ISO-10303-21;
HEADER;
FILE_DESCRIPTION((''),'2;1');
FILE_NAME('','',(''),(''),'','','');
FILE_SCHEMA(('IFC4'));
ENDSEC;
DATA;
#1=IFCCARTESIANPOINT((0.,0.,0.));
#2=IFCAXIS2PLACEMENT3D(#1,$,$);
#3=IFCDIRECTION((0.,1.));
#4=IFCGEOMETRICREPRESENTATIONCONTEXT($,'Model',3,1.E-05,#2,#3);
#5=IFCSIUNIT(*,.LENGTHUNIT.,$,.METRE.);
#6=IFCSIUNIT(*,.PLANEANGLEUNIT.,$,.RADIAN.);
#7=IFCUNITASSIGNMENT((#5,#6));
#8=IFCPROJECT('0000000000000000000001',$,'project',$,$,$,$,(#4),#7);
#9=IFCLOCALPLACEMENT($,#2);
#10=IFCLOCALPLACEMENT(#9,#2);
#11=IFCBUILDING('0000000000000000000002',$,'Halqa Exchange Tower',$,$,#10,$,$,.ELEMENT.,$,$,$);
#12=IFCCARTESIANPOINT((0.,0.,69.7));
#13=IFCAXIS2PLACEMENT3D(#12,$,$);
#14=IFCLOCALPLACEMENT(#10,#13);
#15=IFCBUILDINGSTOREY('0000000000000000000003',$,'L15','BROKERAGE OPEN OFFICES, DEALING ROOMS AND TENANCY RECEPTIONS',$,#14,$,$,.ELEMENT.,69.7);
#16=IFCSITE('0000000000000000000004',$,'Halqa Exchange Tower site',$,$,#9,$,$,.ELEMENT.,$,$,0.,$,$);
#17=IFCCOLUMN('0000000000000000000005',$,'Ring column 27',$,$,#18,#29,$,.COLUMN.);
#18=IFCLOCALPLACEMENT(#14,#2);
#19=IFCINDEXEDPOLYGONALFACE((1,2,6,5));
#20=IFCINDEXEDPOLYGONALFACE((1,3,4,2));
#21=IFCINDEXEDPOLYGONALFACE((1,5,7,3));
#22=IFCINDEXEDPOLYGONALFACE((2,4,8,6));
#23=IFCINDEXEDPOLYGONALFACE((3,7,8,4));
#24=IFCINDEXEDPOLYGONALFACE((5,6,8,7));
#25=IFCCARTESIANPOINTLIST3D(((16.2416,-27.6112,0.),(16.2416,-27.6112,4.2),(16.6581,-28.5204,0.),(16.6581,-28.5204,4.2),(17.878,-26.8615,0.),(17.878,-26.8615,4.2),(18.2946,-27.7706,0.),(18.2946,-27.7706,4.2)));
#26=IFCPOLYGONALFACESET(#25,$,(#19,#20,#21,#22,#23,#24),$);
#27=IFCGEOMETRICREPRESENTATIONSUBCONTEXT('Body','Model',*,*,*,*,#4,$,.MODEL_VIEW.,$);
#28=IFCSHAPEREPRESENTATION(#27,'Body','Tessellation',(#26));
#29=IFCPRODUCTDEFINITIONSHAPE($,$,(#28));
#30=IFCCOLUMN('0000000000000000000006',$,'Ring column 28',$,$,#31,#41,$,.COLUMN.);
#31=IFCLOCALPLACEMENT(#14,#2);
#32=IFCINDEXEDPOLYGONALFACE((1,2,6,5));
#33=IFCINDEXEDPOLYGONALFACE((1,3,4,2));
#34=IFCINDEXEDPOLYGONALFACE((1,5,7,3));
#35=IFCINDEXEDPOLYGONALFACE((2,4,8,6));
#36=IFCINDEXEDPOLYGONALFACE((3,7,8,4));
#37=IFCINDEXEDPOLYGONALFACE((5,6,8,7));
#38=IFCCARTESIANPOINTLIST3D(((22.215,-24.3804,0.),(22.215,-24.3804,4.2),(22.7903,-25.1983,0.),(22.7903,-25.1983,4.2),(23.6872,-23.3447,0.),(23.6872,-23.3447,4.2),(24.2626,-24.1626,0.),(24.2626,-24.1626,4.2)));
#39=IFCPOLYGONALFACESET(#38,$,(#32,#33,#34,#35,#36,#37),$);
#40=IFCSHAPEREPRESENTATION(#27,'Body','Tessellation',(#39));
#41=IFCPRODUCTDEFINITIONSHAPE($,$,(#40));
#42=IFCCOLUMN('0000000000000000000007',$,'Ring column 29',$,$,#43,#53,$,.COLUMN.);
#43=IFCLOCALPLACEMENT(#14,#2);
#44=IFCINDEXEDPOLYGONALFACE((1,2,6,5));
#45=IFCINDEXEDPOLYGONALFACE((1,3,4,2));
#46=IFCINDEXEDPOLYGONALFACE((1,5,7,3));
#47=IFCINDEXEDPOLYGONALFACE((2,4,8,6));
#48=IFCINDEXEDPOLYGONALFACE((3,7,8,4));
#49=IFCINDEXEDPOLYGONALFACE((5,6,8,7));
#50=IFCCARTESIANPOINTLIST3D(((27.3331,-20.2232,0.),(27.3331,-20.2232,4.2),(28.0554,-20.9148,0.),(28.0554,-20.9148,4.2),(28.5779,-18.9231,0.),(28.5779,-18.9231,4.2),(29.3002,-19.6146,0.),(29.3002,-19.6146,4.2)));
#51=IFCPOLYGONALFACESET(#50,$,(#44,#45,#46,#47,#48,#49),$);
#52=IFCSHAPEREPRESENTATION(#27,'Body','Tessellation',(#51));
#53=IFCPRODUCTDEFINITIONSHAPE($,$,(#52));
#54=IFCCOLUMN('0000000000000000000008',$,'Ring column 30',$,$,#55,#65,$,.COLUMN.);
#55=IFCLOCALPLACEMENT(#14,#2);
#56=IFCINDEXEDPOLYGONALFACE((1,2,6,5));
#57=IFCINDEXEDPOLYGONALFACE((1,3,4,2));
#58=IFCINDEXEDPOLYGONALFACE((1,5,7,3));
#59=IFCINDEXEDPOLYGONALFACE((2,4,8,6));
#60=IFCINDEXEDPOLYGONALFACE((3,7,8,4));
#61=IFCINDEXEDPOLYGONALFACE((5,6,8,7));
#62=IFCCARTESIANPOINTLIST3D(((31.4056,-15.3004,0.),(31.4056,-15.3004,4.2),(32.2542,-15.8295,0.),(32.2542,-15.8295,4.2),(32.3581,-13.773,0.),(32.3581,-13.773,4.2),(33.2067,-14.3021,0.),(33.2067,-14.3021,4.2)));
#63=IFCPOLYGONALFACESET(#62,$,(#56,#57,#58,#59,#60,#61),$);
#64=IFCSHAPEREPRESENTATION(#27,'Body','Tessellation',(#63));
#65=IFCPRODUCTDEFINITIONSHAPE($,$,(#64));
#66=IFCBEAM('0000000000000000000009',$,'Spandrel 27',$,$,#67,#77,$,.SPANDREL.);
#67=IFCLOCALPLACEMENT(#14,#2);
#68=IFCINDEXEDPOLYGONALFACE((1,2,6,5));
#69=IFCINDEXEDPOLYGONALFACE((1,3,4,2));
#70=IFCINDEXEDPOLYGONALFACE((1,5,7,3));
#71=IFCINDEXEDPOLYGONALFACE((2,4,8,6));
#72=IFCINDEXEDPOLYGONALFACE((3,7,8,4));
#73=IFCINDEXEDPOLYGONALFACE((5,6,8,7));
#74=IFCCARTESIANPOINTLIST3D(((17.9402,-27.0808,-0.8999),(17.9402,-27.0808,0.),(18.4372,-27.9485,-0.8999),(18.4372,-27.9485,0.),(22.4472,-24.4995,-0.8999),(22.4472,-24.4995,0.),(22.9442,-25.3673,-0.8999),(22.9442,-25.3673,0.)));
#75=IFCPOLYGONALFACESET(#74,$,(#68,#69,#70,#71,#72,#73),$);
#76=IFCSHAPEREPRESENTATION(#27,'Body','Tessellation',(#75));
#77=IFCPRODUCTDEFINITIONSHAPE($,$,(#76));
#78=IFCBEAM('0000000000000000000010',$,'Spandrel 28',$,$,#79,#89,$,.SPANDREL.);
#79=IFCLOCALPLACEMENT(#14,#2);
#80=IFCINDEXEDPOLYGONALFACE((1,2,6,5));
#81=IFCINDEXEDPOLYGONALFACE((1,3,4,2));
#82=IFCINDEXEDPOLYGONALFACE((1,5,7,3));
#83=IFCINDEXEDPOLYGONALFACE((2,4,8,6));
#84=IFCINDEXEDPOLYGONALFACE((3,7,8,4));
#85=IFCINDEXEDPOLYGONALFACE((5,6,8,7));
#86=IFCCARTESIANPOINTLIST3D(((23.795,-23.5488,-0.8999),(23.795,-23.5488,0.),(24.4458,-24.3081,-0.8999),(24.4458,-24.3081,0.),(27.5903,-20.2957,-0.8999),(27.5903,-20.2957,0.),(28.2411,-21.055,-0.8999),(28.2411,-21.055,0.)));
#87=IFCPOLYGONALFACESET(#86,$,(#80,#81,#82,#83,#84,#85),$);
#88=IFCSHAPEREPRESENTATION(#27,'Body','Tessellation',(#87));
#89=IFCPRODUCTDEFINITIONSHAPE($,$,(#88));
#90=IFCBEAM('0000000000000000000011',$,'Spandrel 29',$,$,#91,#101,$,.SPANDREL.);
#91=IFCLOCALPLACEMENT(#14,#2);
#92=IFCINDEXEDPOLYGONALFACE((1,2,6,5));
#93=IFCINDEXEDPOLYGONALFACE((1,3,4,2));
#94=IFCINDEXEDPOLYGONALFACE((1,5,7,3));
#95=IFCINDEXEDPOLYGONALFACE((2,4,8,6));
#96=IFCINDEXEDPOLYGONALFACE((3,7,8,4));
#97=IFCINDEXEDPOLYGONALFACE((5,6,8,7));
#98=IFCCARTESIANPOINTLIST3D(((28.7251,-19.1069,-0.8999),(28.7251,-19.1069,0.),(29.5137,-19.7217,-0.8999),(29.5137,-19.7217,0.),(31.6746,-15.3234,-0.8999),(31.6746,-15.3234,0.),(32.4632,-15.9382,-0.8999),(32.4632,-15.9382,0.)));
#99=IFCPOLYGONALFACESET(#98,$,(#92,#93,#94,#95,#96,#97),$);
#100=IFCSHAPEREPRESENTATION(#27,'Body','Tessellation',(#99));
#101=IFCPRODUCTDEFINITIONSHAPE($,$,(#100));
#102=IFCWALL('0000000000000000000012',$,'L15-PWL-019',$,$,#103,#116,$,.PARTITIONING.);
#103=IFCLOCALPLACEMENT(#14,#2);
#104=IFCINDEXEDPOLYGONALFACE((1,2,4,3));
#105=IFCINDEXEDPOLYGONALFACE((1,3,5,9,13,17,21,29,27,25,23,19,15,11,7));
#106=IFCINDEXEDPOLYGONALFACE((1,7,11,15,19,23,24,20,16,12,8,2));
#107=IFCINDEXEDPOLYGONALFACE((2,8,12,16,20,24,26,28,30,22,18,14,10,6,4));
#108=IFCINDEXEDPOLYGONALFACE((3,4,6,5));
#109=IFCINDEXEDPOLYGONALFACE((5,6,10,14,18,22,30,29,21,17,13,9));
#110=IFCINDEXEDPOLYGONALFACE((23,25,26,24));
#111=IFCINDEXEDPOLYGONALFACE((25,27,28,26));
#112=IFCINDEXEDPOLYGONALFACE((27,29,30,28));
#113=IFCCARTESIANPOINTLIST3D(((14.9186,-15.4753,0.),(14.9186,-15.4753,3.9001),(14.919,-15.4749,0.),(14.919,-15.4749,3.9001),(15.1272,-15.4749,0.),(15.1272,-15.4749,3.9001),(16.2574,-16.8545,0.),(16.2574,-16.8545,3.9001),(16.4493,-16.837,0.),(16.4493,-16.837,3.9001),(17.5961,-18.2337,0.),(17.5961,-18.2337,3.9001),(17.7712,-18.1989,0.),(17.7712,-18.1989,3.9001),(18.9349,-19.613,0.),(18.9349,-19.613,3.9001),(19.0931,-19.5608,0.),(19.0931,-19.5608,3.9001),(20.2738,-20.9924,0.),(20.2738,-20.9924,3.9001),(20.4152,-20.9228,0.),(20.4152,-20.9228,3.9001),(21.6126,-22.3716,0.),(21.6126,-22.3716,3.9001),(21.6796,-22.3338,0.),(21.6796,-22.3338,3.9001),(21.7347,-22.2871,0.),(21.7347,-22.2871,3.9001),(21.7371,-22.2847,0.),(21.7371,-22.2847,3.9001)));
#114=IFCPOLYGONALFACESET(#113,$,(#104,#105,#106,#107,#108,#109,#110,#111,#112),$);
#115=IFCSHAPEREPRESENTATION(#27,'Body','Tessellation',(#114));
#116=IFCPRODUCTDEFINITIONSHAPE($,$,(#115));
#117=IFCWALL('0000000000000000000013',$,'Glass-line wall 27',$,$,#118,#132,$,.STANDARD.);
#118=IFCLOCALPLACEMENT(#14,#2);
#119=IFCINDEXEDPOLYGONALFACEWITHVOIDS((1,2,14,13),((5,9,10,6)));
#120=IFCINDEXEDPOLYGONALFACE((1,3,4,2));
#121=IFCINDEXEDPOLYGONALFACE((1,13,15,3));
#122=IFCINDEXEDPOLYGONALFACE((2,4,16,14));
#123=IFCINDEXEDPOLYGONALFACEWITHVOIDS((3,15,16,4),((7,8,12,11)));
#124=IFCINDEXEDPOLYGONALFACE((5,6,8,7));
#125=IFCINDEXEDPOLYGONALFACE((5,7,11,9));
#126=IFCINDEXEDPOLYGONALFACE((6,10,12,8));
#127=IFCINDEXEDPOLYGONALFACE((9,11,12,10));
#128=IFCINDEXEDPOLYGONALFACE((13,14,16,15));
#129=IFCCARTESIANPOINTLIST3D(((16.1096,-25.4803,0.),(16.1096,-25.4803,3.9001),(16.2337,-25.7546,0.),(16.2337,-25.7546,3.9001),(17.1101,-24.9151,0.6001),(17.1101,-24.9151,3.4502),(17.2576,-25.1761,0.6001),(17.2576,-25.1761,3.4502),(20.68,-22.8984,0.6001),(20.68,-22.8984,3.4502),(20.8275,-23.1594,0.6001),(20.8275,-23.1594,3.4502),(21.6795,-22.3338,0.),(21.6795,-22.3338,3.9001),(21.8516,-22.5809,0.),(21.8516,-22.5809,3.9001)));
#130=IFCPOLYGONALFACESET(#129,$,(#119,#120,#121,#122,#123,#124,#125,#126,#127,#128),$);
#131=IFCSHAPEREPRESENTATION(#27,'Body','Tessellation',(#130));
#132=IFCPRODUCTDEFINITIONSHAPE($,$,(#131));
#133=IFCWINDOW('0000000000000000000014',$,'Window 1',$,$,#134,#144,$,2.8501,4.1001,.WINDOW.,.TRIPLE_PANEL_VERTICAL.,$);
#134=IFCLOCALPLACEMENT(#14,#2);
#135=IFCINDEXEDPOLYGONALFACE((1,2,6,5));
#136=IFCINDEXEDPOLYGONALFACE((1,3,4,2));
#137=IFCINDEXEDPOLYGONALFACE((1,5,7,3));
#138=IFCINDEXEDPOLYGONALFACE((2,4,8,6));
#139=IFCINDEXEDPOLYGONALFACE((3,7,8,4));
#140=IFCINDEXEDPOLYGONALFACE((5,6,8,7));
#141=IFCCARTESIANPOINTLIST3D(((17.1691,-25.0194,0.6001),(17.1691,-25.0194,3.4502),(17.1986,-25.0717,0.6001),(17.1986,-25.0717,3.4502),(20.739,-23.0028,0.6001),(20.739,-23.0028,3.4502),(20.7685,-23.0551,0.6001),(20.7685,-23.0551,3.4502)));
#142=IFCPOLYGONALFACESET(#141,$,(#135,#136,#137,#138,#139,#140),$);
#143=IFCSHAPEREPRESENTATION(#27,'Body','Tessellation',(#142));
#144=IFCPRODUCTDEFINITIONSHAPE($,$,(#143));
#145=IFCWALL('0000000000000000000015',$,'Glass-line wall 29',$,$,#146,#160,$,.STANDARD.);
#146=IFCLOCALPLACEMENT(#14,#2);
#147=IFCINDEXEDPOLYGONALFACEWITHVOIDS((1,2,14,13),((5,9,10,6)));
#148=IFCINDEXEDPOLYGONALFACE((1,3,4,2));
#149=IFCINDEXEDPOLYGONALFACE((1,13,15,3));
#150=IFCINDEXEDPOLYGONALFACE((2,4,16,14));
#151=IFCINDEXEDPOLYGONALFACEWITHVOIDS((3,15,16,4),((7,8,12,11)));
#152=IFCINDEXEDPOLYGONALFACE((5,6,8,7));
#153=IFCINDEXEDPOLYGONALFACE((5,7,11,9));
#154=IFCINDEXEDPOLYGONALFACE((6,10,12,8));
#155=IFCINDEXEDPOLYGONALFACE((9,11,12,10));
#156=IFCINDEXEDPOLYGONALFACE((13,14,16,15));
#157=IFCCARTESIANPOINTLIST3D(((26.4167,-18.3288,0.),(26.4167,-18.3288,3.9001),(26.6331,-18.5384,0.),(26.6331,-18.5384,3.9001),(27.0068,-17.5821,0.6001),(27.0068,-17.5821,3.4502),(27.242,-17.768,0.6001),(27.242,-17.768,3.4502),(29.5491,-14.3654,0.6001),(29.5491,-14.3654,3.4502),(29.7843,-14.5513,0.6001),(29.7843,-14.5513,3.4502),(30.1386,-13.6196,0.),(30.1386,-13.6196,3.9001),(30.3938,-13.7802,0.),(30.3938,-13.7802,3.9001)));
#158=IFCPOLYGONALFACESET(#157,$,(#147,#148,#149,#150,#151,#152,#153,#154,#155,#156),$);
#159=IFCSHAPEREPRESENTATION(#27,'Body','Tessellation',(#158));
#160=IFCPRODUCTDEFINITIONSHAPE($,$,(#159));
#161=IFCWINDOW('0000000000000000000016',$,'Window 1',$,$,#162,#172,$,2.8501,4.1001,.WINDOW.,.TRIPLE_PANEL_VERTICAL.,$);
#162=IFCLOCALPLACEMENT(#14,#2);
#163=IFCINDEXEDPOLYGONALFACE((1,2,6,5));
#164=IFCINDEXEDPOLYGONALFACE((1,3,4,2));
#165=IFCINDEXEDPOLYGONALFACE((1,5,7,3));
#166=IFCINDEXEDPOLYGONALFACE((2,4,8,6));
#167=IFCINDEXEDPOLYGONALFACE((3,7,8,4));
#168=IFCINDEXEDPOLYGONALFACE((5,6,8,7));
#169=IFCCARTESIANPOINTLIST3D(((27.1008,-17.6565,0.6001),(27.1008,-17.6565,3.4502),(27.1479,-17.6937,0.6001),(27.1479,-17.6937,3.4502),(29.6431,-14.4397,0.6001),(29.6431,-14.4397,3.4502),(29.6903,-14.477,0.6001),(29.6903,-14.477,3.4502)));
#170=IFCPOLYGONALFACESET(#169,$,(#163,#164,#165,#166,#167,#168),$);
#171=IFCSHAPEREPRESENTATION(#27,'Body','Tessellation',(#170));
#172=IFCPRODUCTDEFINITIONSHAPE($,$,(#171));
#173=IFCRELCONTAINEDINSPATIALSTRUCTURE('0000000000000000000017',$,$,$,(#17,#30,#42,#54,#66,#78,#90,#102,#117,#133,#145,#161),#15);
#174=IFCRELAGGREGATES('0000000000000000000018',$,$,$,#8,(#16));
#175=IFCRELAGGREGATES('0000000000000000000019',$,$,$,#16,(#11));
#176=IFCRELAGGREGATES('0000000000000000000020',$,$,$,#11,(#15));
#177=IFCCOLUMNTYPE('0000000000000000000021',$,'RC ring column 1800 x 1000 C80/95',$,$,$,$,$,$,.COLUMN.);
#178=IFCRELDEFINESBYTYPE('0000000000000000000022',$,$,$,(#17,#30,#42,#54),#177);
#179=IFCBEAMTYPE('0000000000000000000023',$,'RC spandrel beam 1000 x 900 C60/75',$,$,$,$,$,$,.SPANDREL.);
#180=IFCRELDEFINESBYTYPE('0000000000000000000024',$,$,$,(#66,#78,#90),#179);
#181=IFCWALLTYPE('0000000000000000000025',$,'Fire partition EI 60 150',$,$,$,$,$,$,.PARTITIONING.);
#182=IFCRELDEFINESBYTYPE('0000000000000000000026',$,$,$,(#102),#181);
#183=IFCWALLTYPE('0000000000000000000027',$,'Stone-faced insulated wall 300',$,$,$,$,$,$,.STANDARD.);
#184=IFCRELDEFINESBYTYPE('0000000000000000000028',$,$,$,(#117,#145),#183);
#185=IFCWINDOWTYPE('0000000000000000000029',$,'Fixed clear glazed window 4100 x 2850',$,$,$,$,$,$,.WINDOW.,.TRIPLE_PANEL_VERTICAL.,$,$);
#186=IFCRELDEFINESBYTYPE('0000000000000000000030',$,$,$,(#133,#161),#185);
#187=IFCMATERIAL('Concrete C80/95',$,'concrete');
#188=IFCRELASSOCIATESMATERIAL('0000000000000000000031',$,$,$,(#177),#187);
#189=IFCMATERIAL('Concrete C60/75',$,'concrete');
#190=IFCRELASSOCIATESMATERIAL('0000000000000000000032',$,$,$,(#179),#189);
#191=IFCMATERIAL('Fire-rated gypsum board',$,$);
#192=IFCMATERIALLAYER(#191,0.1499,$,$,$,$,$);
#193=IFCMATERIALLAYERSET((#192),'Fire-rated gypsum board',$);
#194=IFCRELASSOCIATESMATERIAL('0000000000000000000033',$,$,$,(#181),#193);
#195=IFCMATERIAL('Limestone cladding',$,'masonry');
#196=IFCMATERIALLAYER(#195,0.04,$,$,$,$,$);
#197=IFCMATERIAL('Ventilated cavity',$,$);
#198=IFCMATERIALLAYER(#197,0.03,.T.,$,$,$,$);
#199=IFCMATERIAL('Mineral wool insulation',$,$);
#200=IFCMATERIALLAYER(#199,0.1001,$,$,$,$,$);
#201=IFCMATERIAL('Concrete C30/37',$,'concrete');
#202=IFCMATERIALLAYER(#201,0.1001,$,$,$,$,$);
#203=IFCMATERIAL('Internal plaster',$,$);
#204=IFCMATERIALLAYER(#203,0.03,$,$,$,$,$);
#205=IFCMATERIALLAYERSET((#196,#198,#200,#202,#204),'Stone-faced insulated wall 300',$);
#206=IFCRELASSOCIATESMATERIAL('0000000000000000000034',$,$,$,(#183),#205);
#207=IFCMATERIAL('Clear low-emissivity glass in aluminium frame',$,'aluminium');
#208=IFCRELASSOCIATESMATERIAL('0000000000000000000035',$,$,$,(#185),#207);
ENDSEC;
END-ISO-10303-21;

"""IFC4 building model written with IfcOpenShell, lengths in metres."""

from ifc_helpers import new_model, si_unit, direction, frame, frame_2d, origin, origin_2d, place, context, subcontext, project, spatial, polyline, rectangle, outline, extrude, material, layer, layer_set, material_profile, profile_set, type_object, element, fill, save


model = new_model("IFC4")

# Units and contexts
model_context = context("Model", 3, precision=1e-05, world=origin(), true_north=direction((0.0, 1.0)))
body_context = subcontext(model_context, "Body", "Model", "MODEL_VIEW")
ifc_project = project(units=[si_unit("LENGTHUNIT", "METRE"), si_unit("PLANEANGLEUNIT", "RADIAN")], contexts=[model_context])

# Site, building, storey
site_placement = place(None, origin())
site = spatial("IfcSite", under=ifc_project, at=site_placement, Name="Halqa Exchange Tower site", CompositionType="ELEMENT", RefElevation=0.0)
building_placement = place(site_placement, origin())
building = spatial("IfcBuilding", under=site, at=building_placement, Name="Halqa Exchange Tower", CompositionType="ELEMENT")
storey_placement = place(building_placement, frame((0.0, 0.0, 69.7)))
storey = spatial("IfcBuildingStorey", under=building, at=storey_placement, Name="L15", Description="BROKERAGE OPEN OFFICES, DEALING ROOMS AND TENANCY RECEPTIONS", CompositionType="ELEMENT", Elevation=69.7)

# Columns
ifc_material_1 = material(Name="Concrete C80/95", Category="concrete")
ifc_material_profile_1 = material_profile(ifc_material_1, rectangle(XDim=1.8, YDim=1.0, at=origin_2d()), Name="1800 x 1000")
ifc_profile_set_1 = profile_set([ifc_material_profile_1], Name="Concrete C80/95")
column_type = type_object("IfcColumnType", Name="RC ring column 1800 x 1000 C80/95", PredefinedType="COLUMN", material=ifc_profile_set_1)
for number, where, z_axis, x_axis, name in (
    (1, (17.2681, -27.6909, 0.0), (0.0, 0.0, 1.0), (0.909127, 0.416519, 0.0), "Ring column 27"),
    (2, (23.2388, -24.2715, 0.0), (0.0, 0.0, 1.0), (0.817909, 0.575348, 0.0), "Ring column 28"),
    (3, (28.3167, -19.9189, 0.0), (0.0, 0.0, 1.0), (0.691579, 0.722301, 0.0), "Ring column 29"),
    (4, (32.3062, -14.8013, 0.0), (0.0, 0.0, 1.0), (0.529145, 0.848531, 0.0), "Ring column 30"),
):
    element("IfcColumn", number, at=place(storey_placement, frame(where, z_axis=z_axis, x_axis=x_axis)), inside=storey, type_object=column_type, Name=name, PredefinedType="COLUMN", context=body_context, shape_type="SweptSolid", body=[
        extrude(rectangle(XDim=1.8, YDim=1.0, at=origin_2d()), origin(), (0.0, 0.0, 1.0), 4.2),
    ])

# Beams
ifc_material_2 = material(Name="Concrete C60/75", Category="concrete")
ifc_material_profile_2 = material_profile(ifc_material_2, rectangle(XDim=1.0, YDim=0.8999, at=origin_2d()), Name="1000 x 900")
ifc_profile_set_2 = profile_set([ifc_material_profile_2], Name="Concrete C60/75")
beam_type = type_object("IfcBeamType", Name="RC spandrel beam 1000 x 900 C60/75", PredefinedType="SPANDREL", material=ifc_profile_set_2)
beam_1_placement = place(storey_placement, frame((18.1887, -27.5146, -0.45), z_axis=(0.86776, 0.496984, 0.0), x_axis=(-0.496984, 0.86776, 0.0)))
element("IfcBeam", 5, at=beam_1_placement, inside=storey, type_object=beam_type, Name="Spandrel 27", PredefinedType="SPANDREL", context=body_context, shape_type="SweptSolid", body=[
    extrude(rectangle(XDim=1.0, YDim=0.8999, at=origin_2d()), origin(), (0.0, 0.0, 1.0), 5.1938),
])
beam_2_placement = place(storey_placement, frame((24.1204, -23.9285, -0.45), z_axis=(0.75926, 0.650787, 0.0), x_axis=(-0.650787, 0.75926, 0.0)))
element("IfcBeam", 6, at=beam_2_placement, inside=storey, type_object=beam_type, Name="Spandrel 28", PredefinedType="SPANDREL", context=body_context, shape_type="SweptSolid", body=[
    extrude(rectangle(XDim=1.0, YDim=0.8999, at=origin_2d()), origin(), (0.0, 0.0, 1.0), 4.9988),
])
beam_3_placement = place(storey_placement, frame((29.1194, -19.4143, -0.45), z_axis=(0.614821, 0.788667, 0.0), x_axis=(-0.788667, 0.614821, 0.0)))
element("IfcBeam", 7, at=beam_3_placement, inside=storey, type_object=beam_type, Name="Spandrel 29", PredefinedType="SPANDREL", context=body_context, shape_type="SweptSolid", body=[
    extrude(rectangle(XDim=1.0, YDim=0.8999, at=origin_2d()), origin(), (0.0, 0.0, 1.0), 4.7974),
])

# Shared definitions
ifc_material_3 = material(Name="Fire-rated gypsum board")
ifc_layer_1 = layer(ifc_material_3, 0.1499)
ifc_layer_set_1 = layer_set([ifc_layer_1], Name="Fire-rated gypsum board")
wall_type_1 = type_object("IfcWallType", Name="Fire partition EI 60 150", PredefinedType="PARTITIONING", material=ifc_layer_set_1)

# Wall
wall_1_placement = place(storey_placement, frame((21.6833, -22.3369, 0.0), z_axis=(0.0, 0.0, 1.0), x_axis=(-0.6965, 0.717556, 0.0)))
element("IfcWall", 8, at=wall_1_placement, inside=storey, type_object=wall_type_1, Name="L15-PWL-019", PredefinedType="PARTITIONING", context=body_context, shape_type="SweptSolid", body=[
    extrude(outline(polyline([(0.0, -0.075), (1.8979, -0.075), (3.7961, -0.075), (5.6941, -0.075), (7.592, -0.075), (9.4902, -0.075), (9.6353, 0.0745), (9.6353, 0.075), (7.7131, 0.075), (5.791, 0.075), (3.8689, 0.075), (1.9465, 0.075), (0.0244, 0.075), (0.0049, 0.0005), (0.0, -0.0715), (0.0, -0.075)])), origin(), (0.0, 0.0, 1.0), 3.9001),
])

# Wall, opening, window
ifc_material_4 = material(Name="Limestone cladding", Category="masonry")
ifc_layer_2 = layer(ifc_material_4, 0.04)
ifc_material_5 = material(Name="Ventilated cavity")
ifc_layer_3 = layer(ifc_material_5, 0.03, ventilated=True)
ifc_material_6 = material(Name="Mineral wool insulation")
ifc_layer_4 = layer(ifc_material_6, 0.1001)
ifc_material_7 = material(Name="Concrete C30/37", Category="concrete")
ifc_layer_5 = layer(ifc_material_7, 0.1001)
ifc_material_8 = material(Name="Internal plaster")
ifc_layer_6 = layer(ifc_material_8, 0.03)
ifc_layer_set_2 = layer_set([ifc_layer_2, ifc_layer_3, ifc_layer_4, ifc_layer_5, ifc_layer_6], Name="Stone-faced insulated wall 300")
wall_type_2 = type_object("IfcWallType", Name="Stone-faced insulated wall 300", PredefinedType="STANDARD", material=ifc_layer_set_2)
wall_2_placement = place(storey_placement, frame((16.1716, -25.6174, 0.0), z_axis=(0.0, 0.0, 1.0), x_axis=(0.870674, 0.491861, 0.0)))
wall_2 = element("IfcWall", 9, at=wall_2_placement, inside=storey, type_object=wall_type_2, Name="Glass-line wall 27", PredefinedType="STANDARD", context=body_context, shape_type="SweptSolid", body=[
    extrude(outline(polyline([(-0.0134, -0.1499), (6.439, -0.1499), (6.4106, 0.1499), (0.0134, 0.1499), (-0.0134, -0.1499)])), origin(), (0.0, 0.0, 1.0), 3.9001),
])
opening_1_placement = place(wall_2_placement, frame((1.1626, 0.0, 0.6001)))
opening_1 = element("IfcOpeningElement", 10, at=opening_1_placement, cuts=wall_2, PredefinedType="OPENING", context=body_context, shape_type="SweptSolid", body=[
    extrude(rectangle(XDim=4.1001, YDim=2.8501, at=frame_2d((2.05, 1.425))), frame((0.0, 0.1621, 0.0), z_axis=(0.0, -1.0, 0.0), x_axis=(1.0, 0.0, 0.0)), (0.0, 0.0, 1.0), 0.324),
])
ifc_material_9 = material(Name="Clear low-emissivity glass in aluminium frame", Category="aluminium")
window_type = type_object("IfcWindowType", Name="Fixed clear glazed window 4100 x 2850", PartitioningType="TRIPLE_PANEL_VERTICAL", PredefinedType="WINDOW", material=ifc_material_9)
window_1_placement = place(opening_1_placement, origin())
window_1 = element("IfcWindow", 11, at=window_1_placement, inside=storey, type_object=window_type, Name="Window 1", OverallHeight=2.8501, OverallWidth=4.1001, PartitioningType="TRIPLE_PANEL_VERTICAL", PredefinedType="WINDOW", context=body_context, shape_type="SweptSolid", body=[
    extrude(rectangle(XDim=4.1001, YDim=2.8501, at=frame_2d((2.05, 1.425))), frame((0.0, 0.03, 0.0), z_axis=(0.0, -1.0, 0.0), x_axis=(1.0, 0.0, 0.0)), (0.0, 0.0, 1.0), 0.0601),
])
fill(opening_1, window_1)

# Wall, opening, window
wall_3_placement = place(storey_placement, frame((26.5249, -18.4336, 0.0), z_axis=(0.0, 0.0, 1.0), x_axis=(0.620065, 0.78455, 0.0)))
wall_3 = element("IfcWall", 12, at=wall_3_placement, inside=storey, type_object=wall_type_2, Name="Glass-line wall 29", PredefinedType="STANDARD", context=body_context, shape_type="SweptSolid", body=[
    extrude(outline(polyline([(-0.0151, -0.1499), (6.0498, -0.1499), (6.0176, 0.1499), (0.0151, 0.1499), (-0.0151, -0.1499)])), origin(), (0.0, 0.0, 1.0), 3.9001),
])
opening_2_placement = place(wall_3_placement, frame((0.9668, 0.0, 0.6001)))
opening_2 = element("IfcOpeningElement", 13, at=opening_2_placement, cuts=wall_3, PredefinedType="OPENING", context=body_context, shape_type="SweptSolid", body=[
    extrude(rectangle(XDim=4.1001, YDim=2.8501, at=frame_2d((2.05, 1.425))), frame((0.0, 0.1621, 0.0), z_axis=(0.0, -1.0, 0.0), x_axis=(1.0, 0.0, 0.0)), (0.0, 0.0, 1.0), 0.324),
])
window_2_placement = place(opening_2_placement, origin())
window_2 = element("IfcWindow", 14, at=window_2_placement, inside=storey, type_object=window_type, Name="Window 1", OverallHeight=2.8501, OverallWidth=4.1001, PartitioningType="TRIPLE_PANEL_VERTICAL", PredefinedType="WINDOW", context=body_context, shape_type="SweptSolid", body=[
    extrude(rectangle(XDim=4.1001, YDim=2.8501, at=frame_2d((2.05, 1.425))), frame((0.0, 0.03, 0.0), z_axis=(0.0, -1.0, 0.0), x_axis=(1.0, 0.0, 0.0)), (0.0, 0.0, 1.0), 0.0601),
])
fill(opening_2, window_2)

save(model, "model.ifc")
